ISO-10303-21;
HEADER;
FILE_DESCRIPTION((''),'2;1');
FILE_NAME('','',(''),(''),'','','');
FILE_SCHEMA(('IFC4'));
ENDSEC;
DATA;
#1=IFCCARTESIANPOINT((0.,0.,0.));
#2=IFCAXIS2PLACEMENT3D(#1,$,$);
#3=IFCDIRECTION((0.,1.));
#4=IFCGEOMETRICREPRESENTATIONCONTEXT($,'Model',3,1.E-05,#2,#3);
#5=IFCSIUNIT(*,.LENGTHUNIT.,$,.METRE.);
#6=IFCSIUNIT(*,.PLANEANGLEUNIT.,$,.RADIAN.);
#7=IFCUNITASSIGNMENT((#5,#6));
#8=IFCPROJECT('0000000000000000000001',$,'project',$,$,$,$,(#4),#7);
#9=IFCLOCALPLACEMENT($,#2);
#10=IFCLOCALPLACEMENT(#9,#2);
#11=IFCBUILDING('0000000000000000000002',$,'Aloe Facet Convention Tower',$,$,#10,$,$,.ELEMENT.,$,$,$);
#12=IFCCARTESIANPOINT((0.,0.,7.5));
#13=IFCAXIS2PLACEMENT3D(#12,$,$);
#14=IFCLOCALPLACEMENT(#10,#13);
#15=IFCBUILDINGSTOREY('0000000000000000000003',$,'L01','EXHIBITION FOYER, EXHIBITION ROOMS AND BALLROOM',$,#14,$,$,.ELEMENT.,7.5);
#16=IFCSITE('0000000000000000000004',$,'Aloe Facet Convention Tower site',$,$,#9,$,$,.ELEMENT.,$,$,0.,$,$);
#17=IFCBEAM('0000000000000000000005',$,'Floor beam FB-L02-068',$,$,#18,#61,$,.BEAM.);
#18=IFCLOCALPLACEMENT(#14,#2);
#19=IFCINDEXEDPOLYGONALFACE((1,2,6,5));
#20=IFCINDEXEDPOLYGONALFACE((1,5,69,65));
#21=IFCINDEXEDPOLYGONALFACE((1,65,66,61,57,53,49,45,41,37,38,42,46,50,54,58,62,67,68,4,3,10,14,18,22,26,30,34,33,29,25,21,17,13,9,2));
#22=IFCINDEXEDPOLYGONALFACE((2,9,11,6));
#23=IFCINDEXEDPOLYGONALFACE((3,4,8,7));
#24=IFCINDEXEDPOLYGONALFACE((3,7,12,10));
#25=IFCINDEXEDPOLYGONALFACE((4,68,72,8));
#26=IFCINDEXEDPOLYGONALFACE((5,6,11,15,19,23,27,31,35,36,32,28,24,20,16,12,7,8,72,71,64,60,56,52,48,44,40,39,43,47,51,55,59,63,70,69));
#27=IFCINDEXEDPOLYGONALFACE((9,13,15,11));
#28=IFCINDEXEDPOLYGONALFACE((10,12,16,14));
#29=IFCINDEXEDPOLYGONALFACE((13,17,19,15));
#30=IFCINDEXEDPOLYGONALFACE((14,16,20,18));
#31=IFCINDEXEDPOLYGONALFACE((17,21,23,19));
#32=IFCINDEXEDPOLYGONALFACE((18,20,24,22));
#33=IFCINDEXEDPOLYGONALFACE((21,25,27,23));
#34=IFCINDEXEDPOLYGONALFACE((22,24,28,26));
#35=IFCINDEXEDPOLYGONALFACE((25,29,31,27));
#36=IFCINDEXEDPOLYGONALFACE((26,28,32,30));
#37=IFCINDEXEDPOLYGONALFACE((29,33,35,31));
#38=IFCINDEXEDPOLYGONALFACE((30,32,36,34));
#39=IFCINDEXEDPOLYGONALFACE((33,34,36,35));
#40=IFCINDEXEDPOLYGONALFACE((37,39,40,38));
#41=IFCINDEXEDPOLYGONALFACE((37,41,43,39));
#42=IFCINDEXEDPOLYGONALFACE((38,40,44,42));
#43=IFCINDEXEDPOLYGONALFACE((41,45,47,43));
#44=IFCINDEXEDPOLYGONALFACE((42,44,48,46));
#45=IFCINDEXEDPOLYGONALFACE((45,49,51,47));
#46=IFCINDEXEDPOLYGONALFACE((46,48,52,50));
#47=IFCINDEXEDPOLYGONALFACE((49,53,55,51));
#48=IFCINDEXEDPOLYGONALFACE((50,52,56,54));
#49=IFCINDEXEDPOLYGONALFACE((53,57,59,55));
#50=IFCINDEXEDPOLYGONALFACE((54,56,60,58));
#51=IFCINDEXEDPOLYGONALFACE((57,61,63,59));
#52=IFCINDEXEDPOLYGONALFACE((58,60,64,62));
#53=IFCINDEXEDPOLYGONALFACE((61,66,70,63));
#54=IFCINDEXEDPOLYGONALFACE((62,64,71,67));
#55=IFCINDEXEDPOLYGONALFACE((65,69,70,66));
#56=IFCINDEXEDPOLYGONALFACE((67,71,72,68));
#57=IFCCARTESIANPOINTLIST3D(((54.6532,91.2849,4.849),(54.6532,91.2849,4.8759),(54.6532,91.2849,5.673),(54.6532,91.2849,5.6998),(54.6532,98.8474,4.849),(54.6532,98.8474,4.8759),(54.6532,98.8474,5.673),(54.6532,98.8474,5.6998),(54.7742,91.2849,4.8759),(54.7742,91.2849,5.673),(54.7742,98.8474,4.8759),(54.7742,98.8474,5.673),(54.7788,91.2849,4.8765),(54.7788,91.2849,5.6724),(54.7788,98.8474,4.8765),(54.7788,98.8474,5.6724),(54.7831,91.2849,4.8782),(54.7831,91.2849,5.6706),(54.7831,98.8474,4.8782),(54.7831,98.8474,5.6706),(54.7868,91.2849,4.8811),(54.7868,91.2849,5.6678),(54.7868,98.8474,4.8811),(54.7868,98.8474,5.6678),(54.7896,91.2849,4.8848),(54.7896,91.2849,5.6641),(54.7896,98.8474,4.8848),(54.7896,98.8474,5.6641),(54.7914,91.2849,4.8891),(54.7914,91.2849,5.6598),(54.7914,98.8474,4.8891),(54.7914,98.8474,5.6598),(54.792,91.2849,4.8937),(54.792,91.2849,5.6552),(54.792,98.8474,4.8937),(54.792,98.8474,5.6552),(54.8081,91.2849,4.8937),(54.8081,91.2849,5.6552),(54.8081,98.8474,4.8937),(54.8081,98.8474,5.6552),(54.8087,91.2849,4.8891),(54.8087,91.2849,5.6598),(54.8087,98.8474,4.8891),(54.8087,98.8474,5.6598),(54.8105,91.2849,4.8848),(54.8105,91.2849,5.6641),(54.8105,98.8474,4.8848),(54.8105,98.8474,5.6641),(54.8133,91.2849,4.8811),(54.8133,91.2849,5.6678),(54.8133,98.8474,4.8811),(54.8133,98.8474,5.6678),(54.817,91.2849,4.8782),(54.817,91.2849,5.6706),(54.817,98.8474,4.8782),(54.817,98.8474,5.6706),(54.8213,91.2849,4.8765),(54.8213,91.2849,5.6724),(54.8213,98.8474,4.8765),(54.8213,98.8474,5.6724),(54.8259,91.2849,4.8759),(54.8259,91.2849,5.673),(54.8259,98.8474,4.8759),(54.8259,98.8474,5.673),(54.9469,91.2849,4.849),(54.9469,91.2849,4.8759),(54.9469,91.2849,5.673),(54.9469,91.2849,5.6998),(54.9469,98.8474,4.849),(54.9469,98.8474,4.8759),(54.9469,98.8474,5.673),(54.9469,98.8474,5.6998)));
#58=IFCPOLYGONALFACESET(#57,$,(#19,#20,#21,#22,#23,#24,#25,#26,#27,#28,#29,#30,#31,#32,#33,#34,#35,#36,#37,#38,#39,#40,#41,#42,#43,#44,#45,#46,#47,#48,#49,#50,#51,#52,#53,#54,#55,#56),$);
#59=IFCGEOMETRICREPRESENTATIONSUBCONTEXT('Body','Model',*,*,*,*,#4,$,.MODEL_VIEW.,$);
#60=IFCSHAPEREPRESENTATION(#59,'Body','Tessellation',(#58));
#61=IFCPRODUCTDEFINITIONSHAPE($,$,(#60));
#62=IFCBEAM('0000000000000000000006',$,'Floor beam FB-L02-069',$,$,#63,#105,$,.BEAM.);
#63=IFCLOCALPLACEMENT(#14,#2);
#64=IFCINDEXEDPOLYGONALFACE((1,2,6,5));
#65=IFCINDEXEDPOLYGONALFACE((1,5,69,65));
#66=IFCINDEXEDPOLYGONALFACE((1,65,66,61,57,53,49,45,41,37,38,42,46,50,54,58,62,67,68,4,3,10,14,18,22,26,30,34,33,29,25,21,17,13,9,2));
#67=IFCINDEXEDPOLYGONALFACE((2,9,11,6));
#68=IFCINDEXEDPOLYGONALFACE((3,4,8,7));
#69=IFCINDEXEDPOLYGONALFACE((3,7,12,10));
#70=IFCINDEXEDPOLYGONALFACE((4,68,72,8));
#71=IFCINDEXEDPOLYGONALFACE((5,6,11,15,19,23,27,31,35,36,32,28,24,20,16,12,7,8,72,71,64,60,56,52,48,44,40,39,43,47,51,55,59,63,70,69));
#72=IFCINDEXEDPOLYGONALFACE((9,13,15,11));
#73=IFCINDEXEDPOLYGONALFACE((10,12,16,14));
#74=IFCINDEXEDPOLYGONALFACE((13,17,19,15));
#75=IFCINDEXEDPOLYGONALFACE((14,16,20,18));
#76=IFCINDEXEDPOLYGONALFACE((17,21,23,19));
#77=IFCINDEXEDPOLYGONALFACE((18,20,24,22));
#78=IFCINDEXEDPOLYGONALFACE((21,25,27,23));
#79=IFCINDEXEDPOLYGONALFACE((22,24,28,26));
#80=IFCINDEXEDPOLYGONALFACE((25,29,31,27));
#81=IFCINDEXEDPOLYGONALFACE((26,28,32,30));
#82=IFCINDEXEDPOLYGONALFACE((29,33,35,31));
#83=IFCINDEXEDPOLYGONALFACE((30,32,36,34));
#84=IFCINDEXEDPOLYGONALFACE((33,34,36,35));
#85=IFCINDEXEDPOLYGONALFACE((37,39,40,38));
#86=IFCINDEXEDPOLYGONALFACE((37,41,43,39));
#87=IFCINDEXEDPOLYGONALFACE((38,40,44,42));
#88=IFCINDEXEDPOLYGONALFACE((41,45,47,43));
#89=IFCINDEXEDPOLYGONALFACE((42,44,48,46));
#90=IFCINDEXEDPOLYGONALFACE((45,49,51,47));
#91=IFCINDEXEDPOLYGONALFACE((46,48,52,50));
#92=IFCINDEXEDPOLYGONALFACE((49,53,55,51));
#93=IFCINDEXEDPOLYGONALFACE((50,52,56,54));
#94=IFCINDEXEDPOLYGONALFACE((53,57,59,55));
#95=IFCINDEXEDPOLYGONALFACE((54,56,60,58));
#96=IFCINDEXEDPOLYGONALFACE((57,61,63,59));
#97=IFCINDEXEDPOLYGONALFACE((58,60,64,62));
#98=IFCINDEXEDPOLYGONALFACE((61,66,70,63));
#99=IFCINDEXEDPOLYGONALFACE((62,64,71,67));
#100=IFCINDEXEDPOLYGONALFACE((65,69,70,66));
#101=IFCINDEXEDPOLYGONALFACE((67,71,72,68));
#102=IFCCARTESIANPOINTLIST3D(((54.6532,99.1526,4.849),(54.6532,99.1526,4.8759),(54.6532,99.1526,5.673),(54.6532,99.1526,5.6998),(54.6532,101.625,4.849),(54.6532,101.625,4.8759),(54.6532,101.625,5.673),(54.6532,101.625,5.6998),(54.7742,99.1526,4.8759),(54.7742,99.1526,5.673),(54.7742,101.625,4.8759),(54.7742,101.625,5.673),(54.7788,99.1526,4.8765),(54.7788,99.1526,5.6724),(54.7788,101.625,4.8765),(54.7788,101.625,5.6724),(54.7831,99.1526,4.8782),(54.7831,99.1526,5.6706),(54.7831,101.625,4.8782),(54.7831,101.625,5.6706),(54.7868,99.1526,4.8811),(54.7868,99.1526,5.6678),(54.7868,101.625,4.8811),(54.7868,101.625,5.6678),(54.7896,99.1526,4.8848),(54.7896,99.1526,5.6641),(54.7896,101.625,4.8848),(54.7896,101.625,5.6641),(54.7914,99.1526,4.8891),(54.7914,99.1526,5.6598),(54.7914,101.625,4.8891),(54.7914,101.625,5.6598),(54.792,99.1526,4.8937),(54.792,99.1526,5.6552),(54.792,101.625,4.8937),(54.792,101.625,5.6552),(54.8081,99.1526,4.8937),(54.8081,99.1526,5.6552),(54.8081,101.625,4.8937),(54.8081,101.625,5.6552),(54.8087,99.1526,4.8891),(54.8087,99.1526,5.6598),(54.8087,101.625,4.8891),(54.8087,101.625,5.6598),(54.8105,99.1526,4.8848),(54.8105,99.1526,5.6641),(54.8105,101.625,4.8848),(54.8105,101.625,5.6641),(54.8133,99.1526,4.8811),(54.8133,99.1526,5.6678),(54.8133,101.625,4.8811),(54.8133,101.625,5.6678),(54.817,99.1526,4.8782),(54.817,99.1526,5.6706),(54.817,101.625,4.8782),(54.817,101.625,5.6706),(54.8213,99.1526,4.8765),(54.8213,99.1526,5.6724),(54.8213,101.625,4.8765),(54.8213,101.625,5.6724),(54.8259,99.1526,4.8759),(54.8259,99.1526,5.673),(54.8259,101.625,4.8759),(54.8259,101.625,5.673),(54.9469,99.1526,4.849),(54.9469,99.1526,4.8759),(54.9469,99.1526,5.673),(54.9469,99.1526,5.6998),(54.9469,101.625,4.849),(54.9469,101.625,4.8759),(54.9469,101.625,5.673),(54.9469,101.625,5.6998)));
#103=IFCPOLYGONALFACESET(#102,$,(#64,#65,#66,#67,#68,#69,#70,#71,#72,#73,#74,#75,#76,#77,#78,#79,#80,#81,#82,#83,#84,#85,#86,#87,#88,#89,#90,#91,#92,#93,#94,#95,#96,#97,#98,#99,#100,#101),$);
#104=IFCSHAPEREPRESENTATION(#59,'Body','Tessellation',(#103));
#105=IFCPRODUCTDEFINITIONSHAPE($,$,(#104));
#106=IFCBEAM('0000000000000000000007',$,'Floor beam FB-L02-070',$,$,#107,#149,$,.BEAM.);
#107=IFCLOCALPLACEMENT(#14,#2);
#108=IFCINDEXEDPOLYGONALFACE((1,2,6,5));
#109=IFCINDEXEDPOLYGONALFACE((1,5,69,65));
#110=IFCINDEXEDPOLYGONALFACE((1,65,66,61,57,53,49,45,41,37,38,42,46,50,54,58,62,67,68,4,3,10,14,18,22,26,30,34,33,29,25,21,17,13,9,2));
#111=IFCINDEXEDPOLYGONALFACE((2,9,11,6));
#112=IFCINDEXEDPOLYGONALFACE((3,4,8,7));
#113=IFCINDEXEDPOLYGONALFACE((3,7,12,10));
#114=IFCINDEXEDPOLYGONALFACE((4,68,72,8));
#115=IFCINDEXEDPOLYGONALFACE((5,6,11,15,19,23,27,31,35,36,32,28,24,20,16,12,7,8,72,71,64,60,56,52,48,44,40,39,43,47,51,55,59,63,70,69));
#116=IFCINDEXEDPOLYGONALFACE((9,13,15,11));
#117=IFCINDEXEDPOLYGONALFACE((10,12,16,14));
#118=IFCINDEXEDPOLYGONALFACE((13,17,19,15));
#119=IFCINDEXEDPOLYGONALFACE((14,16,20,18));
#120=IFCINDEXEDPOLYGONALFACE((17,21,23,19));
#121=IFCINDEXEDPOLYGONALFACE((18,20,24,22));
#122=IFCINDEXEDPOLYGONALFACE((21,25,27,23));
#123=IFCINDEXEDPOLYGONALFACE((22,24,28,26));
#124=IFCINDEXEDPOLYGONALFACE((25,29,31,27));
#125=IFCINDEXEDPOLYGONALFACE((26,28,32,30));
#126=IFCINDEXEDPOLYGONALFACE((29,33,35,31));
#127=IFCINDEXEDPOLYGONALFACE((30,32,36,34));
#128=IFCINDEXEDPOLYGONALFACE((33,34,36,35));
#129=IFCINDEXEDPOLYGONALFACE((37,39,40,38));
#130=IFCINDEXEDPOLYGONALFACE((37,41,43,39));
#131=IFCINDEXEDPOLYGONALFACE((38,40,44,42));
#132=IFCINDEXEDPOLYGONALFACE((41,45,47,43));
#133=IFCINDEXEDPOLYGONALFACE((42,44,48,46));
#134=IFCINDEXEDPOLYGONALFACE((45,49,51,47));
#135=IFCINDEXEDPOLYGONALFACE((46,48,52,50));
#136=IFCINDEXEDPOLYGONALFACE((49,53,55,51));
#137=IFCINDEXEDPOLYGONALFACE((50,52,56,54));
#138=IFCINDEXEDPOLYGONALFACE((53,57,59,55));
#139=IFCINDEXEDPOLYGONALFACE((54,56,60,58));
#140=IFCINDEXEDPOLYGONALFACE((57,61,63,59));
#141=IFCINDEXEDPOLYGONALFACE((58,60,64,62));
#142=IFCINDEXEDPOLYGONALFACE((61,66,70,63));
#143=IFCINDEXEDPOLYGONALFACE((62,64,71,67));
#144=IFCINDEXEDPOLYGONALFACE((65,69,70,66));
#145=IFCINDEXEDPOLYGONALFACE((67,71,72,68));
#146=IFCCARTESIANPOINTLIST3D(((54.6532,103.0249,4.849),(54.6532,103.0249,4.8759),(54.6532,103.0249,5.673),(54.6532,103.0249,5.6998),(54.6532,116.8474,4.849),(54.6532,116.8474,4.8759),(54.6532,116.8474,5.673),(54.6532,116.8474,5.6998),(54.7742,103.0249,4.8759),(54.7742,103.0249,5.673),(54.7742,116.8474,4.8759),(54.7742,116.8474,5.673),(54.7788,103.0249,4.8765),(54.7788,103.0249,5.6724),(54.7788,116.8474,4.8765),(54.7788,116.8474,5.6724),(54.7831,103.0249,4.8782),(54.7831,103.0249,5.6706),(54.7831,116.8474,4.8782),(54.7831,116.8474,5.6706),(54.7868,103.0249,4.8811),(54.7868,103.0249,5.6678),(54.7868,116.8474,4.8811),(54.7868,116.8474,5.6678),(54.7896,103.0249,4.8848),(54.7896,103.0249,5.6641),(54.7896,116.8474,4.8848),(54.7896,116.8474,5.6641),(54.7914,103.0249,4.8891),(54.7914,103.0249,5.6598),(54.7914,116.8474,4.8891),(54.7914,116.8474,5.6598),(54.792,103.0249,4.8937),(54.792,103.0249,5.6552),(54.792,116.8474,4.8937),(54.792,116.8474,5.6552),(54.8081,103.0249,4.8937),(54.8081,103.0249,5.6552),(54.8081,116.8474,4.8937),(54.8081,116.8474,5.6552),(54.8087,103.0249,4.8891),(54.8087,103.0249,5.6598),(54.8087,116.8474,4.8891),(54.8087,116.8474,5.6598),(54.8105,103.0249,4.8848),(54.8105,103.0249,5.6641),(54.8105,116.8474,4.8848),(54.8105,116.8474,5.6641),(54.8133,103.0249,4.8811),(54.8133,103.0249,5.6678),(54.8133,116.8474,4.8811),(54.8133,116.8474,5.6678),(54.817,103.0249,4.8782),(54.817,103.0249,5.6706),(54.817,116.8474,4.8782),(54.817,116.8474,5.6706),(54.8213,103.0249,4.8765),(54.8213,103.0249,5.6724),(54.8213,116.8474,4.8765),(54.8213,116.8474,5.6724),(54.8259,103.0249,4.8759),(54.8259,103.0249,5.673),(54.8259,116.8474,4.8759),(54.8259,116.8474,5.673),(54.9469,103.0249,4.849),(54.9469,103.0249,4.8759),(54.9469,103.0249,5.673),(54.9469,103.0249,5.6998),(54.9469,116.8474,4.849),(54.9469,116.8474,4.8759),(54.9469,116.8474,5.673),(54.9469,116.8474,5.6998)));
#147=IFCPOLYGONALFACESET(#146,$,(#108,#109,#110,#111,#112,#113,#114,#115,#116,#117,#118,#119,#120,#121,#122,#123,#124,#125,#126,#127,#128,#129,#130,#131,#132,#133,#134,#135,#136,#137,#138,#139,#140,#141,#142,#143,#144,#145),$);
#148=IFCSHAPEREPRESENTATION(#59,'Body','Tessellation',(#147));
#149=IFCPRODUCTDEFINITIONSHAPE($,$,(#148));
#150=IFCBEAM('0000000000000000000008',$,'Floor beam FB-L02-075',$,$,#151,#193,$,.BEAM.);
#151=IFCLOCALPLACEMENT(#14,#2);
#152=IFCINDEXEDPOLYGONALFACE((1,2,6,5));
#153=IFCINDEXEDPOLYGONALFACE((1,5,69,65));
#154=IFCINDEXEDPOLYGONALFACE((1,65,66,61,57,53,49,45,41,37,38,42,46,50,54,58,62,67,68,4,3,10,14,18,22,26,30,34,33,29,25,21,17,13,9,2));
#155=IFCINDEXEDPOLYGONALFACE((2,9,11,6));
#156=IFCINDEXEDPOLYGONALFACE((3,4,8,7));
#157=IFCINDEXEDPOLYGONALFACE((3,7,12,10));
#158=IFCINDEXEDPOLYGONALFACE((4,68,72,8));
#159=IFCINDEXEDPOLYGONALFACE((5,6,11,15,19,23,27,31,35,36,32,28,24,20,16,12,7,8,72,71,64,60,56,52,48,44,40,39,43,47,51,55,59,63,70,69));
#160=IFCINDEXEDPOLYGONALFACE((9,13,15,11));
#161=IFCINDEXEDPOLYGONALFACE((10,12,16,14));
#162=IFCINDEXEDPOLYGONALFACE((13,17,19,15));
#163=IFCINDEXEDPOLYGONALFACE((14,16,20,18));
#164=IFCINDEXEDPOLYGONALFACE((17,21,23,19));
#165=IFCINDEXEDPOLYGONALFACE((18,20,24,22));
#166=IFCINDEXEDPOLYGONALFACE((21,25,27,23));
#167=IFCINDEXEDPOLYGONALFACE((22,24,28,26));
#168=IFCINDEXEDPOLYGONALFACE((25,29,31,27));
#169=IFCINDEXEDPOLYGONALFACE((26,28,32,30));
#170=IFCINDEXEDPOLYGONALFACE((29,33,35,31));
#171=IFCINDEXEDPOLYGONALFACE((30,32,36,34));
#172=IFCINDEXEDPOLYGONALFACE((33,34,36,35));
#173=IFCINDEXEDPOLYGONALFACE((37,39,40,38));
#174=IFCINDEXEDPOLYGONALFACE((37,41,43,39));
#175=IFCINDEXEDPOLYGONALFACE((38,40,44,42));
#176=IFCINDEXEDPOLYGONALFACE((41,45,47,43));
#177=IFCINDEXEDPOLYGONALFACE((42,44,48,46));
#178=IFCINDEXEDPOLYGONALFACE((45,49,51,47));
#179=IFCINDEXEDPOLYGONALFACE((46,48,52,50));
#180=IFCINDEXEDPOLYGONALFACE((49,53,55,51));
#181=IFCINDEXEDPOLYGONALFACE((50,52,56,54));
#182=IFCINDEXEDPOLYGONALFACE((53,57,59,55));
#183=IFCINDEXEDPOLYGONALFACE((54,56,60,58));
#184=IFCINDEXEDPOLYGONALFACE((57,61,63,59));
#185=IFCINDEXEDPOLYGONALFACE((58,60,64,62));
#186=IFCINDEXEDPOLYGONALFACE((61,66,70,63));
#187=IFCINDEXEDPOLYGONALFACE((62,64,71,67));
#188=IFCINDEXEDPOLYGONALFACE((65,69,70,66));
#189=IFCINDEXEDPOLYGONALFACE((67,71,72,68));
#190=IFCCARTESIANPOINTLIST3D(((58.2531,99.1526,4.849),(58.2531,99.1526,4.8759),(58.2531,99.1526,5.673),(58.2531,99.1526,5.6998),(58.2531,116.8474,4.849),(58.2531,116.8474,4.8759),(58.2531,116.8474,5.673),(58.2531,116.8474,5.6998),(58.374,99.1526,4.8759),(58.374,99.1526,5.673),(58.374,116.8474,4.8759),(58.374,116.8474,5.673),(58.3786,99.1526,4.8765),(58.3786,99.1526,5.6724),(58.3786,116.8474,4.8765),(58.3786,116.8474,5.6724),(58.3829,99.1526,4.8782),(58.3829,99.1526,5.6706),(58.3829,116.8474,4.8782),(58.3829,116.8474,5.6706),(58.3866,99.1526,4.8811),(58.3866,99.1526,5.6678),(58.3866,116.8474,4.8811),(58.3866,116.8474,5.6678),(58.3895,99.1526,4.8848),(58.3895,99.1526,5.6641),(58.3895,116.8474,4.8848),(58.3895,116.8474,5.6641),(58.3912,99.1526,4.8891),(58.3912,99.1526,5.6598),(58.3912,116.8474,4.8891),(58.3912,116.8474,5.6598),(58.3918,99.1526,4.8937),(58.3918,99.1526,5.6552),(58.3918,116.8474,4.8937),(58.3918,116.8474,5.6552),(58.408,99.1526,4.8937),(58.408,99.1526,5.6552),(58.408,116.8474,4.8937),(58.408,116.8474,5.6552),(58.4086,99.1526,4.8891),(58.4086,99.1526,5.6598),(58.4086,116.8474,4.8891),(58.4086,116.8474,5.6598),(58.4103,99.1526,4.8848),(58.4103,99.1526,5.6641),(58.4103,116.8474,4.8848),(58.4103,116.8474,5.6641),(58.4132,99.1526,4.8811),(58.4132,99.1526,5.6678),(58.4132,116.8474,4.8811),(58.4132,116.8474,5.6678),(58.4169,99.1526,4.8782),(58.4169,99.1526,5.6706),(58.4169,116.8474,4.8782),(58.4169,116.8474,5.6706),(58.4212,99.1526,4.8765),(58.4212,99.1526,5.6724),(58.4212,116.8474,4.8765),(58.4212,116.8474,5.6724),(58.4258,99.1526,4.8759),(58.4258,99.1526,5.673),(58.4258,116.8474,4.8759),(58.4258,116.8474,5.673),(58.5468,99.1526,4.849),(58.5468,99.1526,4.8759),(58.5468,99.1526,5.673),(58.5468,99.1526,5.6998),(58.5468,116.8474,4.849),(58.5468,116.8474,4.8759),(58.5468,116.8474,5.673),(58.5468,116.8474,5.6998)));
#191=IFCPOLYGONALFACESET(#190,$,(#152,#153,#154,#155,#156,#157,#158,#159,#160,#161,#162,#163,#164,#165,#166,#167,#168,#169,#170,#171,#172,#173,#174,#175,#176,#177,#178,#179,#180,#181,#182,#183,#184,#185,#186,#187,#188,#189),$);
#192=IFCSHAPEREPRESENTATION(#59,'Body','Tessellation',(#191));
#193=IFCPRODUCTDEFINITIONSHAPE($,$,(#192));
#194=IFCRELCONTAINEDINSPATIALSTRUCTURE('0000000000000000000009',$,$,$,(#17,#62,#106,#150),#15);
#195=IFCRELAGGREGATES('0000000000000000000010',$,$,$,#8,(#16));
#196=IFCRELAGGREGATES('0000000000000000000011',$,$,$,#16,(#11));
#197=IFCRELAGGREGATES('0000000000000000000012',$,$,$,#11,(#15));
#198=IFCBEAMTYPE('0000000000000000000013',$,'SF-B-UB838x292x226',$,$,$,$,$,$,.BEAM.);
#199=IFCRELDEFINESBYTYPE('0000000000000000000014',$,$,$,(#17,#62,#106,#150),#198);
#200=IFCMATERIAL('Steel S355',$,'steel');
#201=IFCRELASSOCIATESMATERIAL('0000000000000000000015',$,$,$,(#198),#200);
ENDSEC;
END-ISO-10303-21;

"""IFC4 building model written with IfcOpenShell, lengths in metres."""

from ifc_helpers import new_model, si_unit, direction, frame, origin, origin_2d, place, context, subcontext, project, spatial, i_section, extrude, material, material_profile, profile_set, type_object, element, save


model = new_model("IFC4")

# Units and contexts
model_context = context("Model", 3, precision=1e-05, world=origin(), true_north=direction((0.0, 1.0)))
body_context = subcontext(model_context, "Body", "Model", "MODEL_VIEW")
ifc_project = project(units=[si_unit("LENGTHUNIT", "METRE"), si_unit("PLANEANGLEUNIT", "RADIAN")], contexts=[model_context])

# Site, building, storey
site_placement = place(None, origin())
site = spatial("IfcSite", under=ifc_project, at=site_placement, Name="Aloe Facet Convention Tower site", CompositionType="ELEMENT", RefElevation=0.0)
building_placement = place(site_placement, origin())
building = spatial("IfcBuilding", under=site, at=building_placement, Name="Aloe Facet Convention Tower", CompositionType="ELEMENT")
storey_placement = place(building_placement, frame((0.0, 0.0, 7.5)))
storey = spatial("IfcBuildingStorey", under=building, at=storey_placement, Name="L01", Description="EXHIBITION FOYER, EXHIBITION ROOMS AND BALLROOM", CompositionType="ELEMENT", Elevation=7.5)

# Beams
ifc_material_1 = material(Name="Steel S355", Category="steel")
ifc_material_profile_1 = material_profile(ifc_material_1, i_section(OverallWidth=0.2937, OverallDepth=0.8508, WebThickness=0.0161, FlangeThickness=0.0269, FilletRadius=0.0178, at=origin_2d()), Name="UB 838x292x226")
ifc_profile_set_1 = profile_set([ifc_material_profile_1], Name="Steel S355")
beam_type_1 = type_object("IfcBeamType", Name="SF-B-UB838x292x226", PredefinedType="BEAM", material=ifc_profile_set_1)
beam_1_placement = place(storey_placement, frame((54.8, 91.2849, 5.2744), z_axis=(0.0, 1.0, 0.0), x_axis=(-1.0, 0.0, 0.0)))
element("IfcBeam", 1, at=beam_1_placement, inside=storey, type_object=beam_type_1, Name="Floor beam FB-L02-068", PredefinedType="BEAM", context=body_context, shape_type="SweptSolid", body=[
    extrude(i_section(OverallWidth=0.2937, OverallDepth=0.8508, WebThickness=0.0161, FlangeThickness=0.0269, FilletRadius=0.0178, at=origin_2d()), origin(), (0.0, 0.0, 1.0), 7.5625),
])
beam_2_placement = place(storey_placement, frame((54.8, 99.1526, 5.2744), z_axis=(0.0, 1.0, 0.0), x_axis=(-1.0, 0.0, 0.0)))
element("IfcBeam", 2, at=beam_2_placement, inside=storey, type_object=beam_type_1, Name="Floor beam FB-L02-069", PredefinedType="BEAM", context=body_context, shape_type="SweptSolid", body=[
    extrude(i_section(OverallWidth=0.2937, OverallDepth=0.8508, WebThickness=0.0161, FlangeThickness=0.0269, FilletRadius=0.0178, at=origin_2d()), origin(), (0.0, 0.0, 1.0), 2.4724),
])
beam_3_placement = place(storey_placement, frame((54.8, 103.0249, 5.2744), z_axis=(0.0, 1.0, 0.0), x_axis=(-1.0, 0.0, 0.0)))
element("IfcBeam", 3, at=beam_3_placement, inside=storey, type_object=beam_type_1, Name="Floor beam FB-L02-070", PredefinedType="BEAM", context=body_context, shape_type="SweptSolid", body=[
    extrude(i_section(OverallWidth=0.2937, OverallDepth=0.8508, WebThickness=0.0161, FlangeThickness=0.0269, FilletRadius=0.0178, at=origin_2d()), origin(), (0.0, 0.0, 1.0), 13.8225),
])
beam_4_placement = place(storey_placement, frame((58.3999, 99.1526, 5.2744), z_axis=(0.0, 1.0, 0.0), x_axis=(-1.0, 0.0, 0.0)))
element("IfcBeam", 4, at=beam_4_placement, inside=storey, type_object=beam_type_1, Name="Floor beam FB-L02-075", PredefinedType="BEAM", context=body_context, shape_type="SweptSolid", body=[
    extrude(i_section(OverallWidth=0.2937, OverallDepth=0.8508, WebThickness=0.0161, FlangeThickness=0.0269, FilletRadius=0.0178, at=origin_2d()), origin(), (0.0, 0.0, 1.0), 17.6948),
])

save(model, "model.ifc")
